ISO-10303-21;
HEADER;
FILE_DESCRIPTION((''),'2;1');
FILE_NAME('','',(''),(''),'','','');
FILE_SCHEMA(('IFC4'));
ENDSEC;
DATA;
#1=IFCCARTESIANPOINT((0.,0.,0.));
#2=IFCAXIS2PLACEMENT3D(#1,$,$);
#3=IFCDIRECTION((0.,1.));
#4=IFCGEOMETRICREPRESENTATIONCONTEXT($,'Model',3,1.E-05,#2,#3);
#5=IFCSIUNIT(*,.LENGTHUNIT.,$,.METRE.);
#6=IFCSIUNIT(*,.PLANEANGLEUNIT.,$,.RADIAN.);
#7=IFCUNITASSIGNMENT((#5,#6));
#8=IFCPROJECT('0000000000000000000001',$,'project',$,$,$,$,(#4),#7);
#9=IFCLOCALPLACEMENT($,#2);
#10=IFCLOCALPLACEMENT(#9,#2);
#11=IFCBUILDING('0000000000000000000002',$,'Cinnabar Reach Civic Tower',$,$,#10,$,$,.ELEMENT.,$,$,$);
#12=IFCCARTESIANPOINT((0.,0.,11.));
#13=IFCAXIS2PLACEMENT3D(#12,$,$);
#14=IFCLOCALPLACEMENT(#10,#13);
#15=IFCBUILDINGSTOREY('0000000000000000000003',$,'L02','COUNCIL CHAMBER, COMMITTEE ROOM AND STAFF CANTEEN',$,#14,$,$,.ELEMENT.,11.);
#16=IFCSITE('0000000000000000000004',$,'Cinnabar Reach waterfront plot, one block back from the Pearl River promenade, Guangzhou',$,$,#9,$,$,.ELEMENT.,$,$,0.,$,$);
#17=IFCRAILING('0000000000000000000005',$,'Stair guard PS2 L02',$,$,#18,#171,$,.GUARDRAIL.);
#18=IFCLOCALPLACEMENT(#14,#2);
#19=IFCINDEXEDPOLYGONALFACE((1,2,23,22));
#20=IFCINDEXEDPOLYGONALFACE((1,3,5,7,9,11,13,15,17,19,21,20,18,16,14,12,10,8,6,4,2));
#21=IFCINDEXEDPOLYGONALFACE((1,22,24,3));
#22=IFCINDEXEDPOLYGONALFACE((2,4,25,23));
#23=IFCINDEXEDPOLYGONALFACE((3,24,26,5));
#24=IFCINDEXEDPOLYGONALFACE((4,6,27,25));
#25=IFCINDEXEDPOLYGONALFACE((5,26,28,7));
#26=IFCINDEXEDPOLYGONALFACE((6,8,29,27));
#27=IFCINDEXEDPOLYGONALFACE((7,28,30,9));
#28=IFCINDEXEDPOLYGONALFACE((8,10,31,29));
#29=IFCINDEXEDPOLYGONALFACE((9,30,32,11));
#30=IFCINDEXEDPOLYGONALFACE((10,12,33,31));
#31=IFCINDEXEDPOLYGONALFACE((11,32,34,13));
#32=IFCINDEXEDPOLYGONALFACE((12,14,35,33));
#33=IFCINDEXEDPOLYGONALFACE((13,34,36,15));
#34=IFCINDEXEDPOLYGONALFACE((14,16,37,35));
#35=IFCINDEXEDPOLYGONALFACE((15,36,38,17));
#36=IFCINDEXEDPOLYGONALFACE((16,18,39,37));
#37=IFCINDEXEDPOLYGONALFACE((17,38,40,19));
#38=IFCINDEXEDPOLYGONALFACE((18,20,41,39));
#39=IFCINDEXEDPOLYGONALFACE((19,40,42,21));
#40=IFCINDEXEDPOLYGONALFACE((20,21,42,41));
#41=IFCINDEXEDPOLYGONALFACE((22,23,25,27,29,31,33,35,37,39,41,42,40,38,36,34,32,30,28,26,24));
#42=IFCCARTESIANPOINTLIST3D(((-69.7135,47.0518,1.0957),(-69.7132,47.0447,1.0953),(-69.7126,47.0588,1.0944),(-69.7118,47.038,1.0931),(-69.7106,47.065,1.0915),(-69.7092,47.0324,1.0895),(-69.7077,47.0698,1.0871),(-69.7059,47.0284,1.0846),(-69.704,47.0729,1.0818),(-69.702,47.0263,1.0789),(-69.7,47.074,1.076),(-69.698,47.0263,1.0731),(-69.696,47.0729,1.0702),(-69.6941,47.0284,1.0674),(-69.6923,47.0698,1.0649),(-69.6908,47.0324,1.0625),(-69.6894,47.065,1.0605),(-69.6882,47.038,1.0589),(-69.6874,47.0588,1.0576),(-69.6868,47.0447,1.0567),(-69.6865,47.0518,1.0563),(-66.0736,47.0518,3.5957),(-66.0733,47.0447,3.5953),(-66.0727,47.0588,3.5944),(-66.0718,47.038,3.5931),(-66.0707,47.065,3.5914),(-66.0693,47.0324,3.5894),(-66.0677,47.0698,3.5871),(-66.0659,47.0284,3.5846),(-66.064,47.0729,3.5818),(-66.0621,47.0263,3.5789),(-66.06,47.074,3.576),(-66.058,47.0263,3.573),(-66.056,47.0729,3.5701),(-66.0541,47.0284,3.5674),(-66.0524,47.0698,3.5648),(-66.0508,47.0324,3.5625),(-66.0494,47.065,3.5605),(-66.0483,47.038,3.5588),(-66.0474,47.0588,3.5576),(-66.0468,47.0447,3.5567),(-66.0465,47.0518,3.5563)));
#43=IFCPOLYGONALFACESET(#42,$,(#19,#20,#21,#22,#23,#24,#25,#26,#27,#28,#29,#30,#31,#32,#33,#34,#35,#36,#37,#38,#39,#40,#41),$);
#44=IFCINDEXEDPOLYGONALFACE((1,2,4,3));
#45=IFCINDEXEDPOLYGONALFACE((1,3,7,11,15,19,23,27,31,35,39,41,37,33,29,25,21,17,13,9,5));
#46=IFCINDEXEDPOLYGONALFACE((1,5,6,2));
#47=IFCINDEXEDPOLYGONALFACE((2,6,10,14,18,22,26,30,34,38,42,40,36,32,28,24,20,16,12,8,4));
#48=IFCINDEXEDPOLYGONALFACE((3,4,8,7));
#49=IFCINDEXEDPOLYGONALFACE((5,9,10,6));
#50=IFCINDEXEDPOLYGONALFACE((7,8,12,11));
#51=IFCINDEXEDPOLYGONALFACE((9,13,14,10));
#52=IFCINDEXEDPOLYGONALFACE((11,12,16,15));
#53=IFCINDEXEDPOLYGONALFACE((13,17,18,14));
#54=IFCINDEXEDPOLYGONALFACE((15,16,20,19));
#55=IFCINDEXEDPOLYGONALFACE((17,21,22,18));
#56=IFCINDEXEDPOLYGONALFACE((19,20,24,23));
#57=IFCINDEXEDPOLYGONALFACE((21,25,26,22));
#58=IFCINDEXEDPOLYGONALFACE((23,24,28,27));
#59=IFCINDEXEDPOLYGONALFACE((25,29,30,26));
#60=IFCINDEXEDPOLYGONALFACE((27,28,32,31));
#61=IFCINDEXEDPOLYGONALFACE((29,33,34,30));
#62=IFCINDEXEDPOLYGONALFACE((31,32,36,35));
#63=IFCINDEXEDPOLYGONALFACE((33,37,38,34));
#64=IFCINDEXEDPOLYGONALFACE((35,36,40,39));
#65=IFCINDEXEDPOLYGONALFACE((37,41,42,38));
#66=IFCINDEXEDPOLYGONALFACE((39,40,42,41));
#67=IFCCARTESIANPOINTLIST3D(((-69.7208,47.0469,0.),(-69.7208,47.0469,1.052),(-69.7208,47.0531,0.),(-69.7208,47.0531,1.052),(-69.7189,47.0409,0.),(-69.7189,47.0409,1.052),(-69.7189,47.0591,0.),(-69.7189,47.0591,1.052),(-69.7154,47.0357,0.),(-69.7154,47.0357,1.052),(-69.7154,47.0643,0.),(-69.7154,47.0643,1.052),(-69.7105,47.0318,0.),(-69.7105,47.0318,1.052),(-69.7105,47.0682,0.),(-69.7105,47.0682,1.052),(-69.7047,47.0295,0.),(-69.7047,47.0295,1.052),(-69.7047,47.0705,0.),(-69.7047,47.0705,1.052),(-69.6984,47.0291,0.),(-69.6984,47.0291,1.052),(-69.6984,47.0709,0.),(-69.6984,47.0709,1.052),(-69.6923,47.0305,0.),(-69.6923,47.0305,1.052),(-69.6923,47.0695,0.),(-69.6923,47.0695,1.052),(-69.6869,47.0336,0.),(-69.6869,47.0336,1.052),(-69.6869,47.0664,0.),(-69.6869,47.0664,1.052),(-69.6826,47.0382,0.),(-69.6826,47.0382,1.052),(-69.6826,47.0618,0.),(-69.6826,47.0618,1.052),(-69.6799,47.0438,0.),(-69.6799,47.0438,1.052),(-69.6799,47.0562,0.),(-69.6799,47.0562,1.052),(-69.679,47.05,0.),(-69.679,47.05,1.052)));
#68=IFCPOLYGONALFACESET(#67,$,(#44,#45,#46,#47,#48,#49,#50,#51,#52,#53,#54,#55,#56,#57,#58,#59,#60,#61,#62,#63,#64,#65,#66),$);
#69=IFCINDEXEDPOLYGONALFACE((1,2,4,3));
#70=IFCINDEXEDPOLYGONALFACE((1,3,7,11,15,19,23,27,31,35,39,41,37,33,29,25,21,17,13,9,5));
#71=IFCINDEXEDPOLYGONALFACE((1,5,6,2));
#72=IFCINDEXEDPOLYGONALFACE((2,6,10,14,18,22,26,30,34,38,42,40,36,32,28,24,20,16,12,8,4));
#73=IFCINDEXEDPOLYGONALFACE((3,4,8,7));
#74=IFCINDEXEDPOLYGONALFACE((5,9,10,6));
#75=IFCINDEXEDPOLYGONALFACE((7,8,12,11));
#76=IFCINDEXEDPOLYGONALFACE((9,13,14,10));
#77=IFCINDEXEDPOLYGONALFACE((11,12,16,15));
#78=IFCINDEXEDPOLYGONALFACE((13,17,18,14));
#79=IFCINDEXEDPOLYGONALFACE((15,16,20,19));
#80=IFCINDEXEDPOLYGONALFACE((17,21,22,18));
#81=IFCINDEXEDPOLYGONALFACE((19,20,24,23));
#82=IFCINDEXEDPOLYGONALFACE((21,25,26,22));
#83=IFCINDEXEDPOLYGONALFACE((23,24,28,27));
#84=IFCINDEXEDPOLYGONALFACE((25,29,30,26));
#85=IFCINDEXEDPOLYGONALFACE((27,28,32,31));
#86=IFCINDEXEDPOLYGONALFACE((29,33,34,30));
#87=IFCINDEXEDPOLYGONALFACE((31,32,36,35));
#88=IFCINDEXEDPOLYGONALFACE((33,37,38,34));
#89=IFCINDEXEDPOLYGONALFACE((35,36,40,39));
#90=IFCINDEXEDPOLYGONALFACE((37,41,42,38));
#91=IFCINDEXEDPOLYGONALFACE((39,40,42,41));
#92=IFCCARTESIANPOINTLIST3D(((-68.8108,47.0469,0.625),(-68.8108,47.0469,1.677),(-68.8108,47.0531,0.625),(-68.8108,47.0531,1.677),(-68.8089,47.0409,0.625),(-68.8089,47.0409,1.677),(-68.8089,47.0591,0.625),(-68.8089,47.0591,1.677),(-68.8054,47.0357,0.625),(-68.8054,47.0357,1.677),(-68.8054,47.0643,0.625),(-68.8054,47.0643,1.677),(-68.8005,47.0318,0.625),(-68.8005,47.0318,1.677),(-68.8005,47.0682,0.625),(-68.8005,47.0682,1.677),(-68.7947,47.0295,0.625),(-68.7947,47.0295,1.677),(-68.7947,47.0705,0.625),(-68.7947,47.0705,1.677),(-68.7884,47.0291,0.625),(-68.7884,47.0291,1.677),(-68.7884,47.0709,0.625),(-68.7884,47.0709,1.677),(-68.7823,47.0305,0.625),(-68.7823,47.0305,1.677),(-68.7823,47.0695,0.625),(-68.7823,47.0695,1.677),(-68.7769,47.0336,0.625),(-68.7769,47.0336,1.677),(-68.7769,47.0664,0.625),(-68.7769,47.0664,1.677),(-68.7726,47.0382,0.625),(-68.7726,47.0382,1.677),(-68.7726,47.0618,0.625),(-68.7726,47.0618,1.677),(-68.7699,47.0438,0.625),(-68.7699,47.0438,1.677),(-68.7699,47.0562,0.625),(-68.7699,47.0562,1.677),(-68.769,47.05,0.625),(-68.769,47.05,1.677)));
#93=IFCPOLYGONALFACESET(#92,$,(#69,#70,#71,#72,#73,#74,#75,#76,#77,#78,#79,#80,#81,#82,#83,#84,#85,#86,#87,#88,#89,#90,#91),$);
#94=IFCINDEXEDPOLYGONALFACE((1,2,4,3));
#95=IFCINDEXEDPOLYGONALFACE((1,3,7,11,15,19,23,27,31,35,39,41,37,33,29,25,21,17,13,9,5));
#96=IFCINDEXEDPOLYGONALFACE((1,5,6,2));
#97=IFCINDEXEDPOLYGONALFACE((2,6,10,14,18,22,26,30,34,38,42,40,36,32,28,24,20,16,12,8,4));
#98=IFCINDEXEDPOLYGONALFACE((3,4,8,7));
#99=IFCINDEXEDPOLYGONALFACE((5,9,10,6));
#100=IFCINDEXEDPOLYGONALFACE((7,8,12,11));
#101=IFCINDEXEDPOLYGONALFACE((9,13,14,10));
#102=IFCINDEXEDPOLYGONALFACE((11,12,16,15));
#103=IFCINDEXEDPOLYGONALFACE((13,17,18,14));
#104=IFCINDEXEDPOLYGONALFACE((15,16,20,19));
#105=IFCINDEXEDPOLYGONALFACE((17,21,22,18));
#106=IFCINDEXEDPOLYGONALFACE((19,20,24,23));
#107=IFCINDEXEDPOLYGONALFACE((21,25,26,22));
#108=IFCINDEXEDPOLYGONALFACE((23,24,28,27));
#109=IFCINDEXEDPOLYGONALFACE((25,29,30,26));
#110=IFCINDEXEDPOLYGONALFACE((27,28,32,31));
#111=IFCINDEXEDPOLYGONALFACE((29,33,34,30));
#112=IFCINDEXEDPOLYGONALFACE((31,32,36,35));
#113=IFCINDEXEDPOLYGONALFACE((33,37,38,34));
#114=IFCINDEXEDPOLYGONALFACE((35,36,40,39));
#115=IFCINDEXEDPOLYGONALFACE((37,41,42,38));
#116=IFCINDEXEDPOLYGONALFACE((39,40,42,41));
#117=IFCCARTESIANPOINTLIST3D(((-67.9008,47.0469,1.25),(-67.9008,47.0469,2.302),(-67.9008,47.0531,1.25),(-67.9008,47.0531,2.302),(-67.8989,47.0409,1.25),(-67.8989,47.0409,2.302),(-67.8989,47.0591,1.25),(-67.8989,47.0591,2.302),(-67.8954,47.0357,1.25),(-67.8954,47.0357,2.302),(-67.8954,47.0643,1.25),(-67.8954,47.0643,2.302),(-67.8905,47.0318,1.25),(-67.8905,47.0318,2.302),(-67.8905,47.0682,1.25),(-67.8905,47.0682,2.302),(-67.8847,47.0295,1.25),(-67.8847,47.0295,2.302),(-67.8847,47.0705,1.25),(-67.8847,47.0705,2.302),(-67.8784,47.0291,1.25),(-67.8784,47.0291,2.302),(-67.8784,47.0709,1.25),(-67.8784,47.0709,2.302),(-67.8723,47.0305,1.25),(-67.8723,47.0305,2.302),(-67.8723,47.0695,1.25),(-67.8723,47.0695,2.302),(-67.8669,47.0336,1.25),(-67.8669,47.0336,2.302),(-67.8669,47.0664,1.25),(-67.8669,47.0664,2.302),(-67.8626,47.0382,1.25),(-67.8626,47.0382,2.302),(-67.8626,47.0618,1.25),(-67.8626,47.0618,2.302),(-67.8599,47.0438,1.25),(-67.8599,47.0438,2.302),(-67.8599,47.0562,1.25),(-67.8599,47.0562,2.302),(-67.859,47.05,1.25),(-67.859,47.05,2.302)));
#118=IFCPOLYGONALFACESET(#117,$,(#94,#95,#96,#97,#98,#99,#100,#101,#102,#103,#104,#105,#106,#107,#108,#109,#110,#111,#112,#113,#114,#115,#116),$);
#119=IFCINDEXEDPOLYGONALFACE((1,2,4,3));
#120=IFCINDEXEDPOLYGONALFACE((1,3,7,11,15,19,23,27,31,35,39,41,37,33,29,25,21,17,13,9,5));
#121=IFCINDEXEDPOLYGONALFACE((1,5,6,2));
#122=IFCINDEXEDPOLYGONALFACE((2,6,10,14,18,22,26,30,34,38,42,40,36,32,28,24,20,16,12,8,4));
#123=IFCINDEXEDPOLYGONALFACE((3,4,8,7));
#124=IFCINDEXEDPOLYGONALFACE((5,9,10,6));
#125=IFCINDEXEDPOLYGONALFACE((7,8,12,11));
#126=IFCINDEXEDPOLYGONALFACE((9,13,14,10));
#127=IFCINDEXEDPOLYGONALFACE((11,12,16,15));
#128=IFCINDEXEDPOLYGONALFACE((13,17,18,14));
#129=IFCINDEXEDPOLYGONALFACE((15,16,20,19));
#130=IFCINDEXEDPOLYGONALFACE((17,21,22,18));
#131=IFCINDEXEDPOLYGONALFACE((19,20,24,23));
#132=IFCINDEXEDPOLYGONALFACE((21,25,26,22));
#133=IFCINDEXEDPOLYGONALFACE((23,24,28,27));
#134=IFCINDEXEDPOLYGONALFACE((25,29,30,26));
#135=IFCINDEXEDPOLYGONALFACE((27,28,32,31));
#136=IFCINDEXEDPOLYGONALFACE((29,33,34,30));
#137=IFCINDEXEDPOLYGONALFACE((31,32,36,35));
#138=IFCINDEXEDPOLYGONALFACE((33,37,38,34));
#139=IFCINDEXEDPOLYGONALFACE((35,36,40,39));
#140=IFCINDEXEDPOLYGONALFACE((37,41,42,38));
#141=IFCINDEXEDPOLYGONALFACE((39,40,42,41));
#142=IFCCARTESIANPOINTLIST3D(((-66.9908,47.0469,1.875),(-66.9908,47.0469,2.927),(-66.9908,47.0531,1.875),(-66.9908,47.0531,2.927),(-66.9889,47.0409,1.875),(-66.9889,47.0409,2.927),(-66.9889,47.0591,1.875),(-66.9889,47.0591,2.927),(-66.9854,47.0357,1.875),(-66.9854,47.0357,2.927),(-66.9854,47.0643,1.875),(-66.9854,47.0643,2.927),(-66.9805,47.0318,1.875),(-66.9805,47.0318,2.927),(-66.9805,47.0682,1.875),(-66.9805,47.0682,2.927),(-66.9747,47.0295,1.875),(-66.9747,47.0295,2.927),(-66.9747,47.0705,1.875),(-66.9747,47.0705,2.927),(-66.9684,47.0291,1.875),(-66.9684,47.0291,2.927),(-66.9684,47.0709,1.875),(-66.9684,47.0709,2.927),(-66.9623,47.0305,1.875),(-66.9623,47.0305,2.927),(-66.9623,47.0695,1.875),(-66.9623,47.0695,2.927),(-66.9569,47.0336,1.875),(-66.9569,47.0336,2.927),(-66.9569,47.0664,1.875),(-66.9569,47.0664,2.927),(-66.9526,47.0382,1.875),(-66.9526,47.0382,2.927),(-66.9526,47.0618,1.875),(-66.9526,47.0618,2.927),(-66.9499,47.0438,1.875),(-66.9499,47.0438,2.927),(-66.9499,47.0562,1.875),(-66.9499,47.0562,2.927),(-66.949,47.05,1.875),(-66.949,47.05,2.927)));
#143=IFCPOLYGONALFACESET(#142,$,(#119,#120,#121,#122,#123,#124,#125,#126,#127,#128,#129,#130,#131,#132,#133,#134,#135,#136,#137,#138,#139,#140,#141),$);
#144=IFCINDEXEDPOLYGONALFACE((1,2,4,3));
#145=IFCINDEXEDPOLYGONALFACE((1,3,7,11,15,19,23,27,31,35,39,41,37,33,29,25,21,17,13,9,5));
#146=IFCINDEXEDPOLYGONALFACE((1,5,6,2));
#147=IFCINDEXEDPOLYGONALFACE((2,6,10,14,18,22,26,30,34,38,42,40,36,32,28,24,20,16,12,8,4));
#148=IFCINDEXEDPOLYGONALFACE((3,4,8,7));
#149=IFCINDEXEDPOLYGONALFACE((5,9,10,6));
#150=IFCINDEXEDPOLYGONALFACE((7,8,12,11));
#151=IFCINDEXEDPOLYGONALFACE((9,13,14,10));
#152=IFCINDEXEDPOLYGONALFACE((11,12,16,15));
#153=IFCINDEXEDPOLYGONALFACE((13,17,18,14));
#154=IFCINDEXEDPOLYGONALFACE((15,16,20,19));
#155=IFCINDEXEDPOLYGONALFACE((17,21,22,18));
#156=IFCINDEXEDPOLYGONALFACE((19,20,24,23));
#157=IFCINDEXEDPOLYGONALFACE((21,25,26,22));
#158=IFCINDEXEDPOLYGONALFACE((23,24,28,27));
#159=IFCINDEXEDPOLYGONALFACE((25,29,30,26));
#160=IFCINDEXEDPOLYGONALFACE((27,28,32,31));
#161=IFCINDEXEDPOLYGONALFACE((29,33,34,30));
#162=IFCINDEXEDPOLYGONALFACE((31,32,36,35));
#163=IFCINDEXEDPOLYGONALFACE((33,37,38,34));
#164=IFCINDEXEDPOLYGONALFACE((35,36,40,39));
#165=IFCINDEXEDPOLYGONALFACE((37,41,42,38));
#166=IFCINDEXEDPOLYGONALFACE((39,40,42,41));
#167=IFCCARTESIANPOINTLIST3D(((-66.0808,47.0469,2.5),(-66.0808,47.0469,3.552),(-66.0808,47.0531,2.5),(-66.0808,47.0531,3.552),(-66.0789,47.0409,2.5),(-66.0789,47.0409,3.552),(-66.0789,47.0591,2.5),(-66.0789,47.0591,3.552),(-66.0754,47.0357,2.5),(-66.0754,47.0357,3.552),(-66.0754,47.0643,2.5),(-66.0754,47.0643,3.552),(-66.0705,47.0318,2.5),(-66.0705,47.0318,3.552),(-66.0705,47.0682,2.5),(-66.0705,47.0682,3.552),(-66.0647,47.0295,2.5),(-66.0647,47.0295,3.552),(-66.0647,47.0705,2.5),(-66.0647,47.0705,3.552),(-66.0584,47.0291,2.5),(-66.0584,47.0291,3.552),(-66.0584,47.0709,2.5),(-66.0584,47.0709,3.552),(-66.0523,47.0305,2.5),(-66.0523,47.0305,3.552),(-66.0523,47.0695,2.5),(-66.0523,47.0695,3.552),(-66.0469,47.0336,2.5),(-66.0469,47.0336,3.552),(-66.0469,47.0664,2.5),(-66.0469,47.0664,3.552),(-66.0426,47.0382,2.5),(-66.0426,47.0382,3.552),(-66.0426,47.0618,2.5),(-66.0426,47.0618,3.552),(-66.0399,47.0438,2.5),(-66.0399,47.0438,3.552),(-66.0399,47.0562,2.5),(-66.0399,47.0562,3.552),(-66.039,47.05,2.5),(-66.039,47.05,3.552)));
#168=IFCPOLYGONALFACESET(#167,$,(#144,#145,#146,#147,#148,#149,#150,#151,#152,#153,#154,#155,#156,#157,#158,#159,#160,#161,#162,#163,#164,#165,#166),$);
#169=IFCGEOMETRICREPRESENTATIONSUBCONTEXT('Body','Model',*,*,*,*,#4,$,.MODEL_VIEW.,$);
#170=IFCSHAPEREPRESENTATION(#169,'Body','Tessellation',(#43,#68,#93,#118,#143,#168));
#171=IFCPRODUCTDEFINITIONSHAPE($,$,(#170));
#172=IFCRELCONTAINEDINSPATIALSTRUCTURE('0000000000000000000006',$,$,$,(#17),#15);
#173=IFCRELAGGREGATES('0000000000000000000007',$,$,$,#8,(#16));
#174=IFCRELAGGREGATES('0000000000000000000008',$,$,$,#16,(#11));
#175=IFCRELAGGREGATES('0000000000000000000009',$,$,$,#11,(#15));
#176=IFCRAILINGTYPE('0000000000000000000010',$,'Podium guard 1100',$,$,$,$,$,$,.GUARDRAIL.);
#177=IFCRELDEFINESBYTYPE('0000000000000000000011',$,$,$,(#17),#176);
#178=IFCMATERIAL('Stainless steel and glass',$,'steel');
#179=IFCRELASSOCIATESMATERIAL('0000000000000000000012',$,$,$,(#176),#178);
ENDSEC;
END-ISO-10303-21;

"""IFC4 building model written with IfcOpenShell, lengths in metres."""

from ifc_helpers import new_model, si_unit, direction, frame, origin, origin_2d, place, context, subcontext, project, spatial, circle, extrude, material, type_object, element, save


model = new_model("IFC4")

# Units and contexts
model_context = context("Model", 3, precision=1e-05, world=origin(), true_north=direction((0.0, 1.0)))
body_context = subcontext(model_context, "Body", "Model", "MODEL_VIEW")
ifc_project = project(units=[si_unit("LENGTHUNIT", "METRE"), si_unit("PLANEANGLEUNIT", "RADIAN")], contexts=[model_context])

# Site, building, storey
site_placement = place(None, origin())
site = spatial("IfcSite", under=ifc_project, at=site_placement, Name="Cinnabar Reach waterfront plot, one block back from the Pearl River promenade, Guangzhou", CompositionType="ELEMENT", RefElevation=0.0)
building_placement = place(site_placement, origin())
building = spatial("IfcBuilding", under=site, at=building_placement, Name="Cinnabar Reach Civic Tower", CompositionType="ELEMENT")
storey_placement = place(building_placement, frame((0.0, 0.0, 11.0)))
storey = spatial("IfcBuildingStorey", under=building, at=storey_placement, Name="L02", Description="COUNCIL CHAMBER, COMMITTEE ROOM AND STAFF CANTEEN", CompositionType="ELEMENT", Elevation=11.0)

# Railing
ifc_material_1 = material(Name="Stainless steel and glass", Category="steel")
railing_type = type_object("IfcRailingType", Name="Podium guard 1100", PredefinedType="GUARDRAIL", material=ifc_material_1)
railing_placement = place(storey_placement, frame((-69.7, 47.05, 0.0)))
element("IfcRailing", 1, at=railing_placement, inside=storey, type_object=railing_type, Name="Stair guard PS2 L02", PredefinedType="GUARDRAIL", context=body_context, shape_type="SweptSolid", body=[
    extrude(circle(Radius=0.024, at=origin_2d()), frame((0.0, 0.0, 1.076), z_axis=(0.824306, 0.0, 0.566144), x_axis=(0.0, 1.0, 0.0)), (0.0, 0.0, 1.0), 4.4158),
    extrude(circle(Radius=0.021, at=origin_2d()), origin(), (0.0, 0.0, 1.0), 1.052),
    extrude(circle(Radius=0.021, at=origin_2d()), frame((0.91, 0.0, 0.625)), (0.0, 0.0, 1.0), 1.052),
    extrude(circle(Radius=0.021, at=origin_2d()), frame((1.82, 0.0, 1.25)), (0.0, 0.0, 1.0), 1.052),
    extrude(circle(Radius=0.021, at=origin_2d()), frame((2.73, 0.0, 1.875)), (0.0, 0.0, 1.0), 1.052),
    extrude(circle(Radius=0.021, at=origin_2d()), frame((3.64, 0.0, 2.5)), (0.0, 0.0, 1.0), 1.052),
])

save(model, "model.ifc")
